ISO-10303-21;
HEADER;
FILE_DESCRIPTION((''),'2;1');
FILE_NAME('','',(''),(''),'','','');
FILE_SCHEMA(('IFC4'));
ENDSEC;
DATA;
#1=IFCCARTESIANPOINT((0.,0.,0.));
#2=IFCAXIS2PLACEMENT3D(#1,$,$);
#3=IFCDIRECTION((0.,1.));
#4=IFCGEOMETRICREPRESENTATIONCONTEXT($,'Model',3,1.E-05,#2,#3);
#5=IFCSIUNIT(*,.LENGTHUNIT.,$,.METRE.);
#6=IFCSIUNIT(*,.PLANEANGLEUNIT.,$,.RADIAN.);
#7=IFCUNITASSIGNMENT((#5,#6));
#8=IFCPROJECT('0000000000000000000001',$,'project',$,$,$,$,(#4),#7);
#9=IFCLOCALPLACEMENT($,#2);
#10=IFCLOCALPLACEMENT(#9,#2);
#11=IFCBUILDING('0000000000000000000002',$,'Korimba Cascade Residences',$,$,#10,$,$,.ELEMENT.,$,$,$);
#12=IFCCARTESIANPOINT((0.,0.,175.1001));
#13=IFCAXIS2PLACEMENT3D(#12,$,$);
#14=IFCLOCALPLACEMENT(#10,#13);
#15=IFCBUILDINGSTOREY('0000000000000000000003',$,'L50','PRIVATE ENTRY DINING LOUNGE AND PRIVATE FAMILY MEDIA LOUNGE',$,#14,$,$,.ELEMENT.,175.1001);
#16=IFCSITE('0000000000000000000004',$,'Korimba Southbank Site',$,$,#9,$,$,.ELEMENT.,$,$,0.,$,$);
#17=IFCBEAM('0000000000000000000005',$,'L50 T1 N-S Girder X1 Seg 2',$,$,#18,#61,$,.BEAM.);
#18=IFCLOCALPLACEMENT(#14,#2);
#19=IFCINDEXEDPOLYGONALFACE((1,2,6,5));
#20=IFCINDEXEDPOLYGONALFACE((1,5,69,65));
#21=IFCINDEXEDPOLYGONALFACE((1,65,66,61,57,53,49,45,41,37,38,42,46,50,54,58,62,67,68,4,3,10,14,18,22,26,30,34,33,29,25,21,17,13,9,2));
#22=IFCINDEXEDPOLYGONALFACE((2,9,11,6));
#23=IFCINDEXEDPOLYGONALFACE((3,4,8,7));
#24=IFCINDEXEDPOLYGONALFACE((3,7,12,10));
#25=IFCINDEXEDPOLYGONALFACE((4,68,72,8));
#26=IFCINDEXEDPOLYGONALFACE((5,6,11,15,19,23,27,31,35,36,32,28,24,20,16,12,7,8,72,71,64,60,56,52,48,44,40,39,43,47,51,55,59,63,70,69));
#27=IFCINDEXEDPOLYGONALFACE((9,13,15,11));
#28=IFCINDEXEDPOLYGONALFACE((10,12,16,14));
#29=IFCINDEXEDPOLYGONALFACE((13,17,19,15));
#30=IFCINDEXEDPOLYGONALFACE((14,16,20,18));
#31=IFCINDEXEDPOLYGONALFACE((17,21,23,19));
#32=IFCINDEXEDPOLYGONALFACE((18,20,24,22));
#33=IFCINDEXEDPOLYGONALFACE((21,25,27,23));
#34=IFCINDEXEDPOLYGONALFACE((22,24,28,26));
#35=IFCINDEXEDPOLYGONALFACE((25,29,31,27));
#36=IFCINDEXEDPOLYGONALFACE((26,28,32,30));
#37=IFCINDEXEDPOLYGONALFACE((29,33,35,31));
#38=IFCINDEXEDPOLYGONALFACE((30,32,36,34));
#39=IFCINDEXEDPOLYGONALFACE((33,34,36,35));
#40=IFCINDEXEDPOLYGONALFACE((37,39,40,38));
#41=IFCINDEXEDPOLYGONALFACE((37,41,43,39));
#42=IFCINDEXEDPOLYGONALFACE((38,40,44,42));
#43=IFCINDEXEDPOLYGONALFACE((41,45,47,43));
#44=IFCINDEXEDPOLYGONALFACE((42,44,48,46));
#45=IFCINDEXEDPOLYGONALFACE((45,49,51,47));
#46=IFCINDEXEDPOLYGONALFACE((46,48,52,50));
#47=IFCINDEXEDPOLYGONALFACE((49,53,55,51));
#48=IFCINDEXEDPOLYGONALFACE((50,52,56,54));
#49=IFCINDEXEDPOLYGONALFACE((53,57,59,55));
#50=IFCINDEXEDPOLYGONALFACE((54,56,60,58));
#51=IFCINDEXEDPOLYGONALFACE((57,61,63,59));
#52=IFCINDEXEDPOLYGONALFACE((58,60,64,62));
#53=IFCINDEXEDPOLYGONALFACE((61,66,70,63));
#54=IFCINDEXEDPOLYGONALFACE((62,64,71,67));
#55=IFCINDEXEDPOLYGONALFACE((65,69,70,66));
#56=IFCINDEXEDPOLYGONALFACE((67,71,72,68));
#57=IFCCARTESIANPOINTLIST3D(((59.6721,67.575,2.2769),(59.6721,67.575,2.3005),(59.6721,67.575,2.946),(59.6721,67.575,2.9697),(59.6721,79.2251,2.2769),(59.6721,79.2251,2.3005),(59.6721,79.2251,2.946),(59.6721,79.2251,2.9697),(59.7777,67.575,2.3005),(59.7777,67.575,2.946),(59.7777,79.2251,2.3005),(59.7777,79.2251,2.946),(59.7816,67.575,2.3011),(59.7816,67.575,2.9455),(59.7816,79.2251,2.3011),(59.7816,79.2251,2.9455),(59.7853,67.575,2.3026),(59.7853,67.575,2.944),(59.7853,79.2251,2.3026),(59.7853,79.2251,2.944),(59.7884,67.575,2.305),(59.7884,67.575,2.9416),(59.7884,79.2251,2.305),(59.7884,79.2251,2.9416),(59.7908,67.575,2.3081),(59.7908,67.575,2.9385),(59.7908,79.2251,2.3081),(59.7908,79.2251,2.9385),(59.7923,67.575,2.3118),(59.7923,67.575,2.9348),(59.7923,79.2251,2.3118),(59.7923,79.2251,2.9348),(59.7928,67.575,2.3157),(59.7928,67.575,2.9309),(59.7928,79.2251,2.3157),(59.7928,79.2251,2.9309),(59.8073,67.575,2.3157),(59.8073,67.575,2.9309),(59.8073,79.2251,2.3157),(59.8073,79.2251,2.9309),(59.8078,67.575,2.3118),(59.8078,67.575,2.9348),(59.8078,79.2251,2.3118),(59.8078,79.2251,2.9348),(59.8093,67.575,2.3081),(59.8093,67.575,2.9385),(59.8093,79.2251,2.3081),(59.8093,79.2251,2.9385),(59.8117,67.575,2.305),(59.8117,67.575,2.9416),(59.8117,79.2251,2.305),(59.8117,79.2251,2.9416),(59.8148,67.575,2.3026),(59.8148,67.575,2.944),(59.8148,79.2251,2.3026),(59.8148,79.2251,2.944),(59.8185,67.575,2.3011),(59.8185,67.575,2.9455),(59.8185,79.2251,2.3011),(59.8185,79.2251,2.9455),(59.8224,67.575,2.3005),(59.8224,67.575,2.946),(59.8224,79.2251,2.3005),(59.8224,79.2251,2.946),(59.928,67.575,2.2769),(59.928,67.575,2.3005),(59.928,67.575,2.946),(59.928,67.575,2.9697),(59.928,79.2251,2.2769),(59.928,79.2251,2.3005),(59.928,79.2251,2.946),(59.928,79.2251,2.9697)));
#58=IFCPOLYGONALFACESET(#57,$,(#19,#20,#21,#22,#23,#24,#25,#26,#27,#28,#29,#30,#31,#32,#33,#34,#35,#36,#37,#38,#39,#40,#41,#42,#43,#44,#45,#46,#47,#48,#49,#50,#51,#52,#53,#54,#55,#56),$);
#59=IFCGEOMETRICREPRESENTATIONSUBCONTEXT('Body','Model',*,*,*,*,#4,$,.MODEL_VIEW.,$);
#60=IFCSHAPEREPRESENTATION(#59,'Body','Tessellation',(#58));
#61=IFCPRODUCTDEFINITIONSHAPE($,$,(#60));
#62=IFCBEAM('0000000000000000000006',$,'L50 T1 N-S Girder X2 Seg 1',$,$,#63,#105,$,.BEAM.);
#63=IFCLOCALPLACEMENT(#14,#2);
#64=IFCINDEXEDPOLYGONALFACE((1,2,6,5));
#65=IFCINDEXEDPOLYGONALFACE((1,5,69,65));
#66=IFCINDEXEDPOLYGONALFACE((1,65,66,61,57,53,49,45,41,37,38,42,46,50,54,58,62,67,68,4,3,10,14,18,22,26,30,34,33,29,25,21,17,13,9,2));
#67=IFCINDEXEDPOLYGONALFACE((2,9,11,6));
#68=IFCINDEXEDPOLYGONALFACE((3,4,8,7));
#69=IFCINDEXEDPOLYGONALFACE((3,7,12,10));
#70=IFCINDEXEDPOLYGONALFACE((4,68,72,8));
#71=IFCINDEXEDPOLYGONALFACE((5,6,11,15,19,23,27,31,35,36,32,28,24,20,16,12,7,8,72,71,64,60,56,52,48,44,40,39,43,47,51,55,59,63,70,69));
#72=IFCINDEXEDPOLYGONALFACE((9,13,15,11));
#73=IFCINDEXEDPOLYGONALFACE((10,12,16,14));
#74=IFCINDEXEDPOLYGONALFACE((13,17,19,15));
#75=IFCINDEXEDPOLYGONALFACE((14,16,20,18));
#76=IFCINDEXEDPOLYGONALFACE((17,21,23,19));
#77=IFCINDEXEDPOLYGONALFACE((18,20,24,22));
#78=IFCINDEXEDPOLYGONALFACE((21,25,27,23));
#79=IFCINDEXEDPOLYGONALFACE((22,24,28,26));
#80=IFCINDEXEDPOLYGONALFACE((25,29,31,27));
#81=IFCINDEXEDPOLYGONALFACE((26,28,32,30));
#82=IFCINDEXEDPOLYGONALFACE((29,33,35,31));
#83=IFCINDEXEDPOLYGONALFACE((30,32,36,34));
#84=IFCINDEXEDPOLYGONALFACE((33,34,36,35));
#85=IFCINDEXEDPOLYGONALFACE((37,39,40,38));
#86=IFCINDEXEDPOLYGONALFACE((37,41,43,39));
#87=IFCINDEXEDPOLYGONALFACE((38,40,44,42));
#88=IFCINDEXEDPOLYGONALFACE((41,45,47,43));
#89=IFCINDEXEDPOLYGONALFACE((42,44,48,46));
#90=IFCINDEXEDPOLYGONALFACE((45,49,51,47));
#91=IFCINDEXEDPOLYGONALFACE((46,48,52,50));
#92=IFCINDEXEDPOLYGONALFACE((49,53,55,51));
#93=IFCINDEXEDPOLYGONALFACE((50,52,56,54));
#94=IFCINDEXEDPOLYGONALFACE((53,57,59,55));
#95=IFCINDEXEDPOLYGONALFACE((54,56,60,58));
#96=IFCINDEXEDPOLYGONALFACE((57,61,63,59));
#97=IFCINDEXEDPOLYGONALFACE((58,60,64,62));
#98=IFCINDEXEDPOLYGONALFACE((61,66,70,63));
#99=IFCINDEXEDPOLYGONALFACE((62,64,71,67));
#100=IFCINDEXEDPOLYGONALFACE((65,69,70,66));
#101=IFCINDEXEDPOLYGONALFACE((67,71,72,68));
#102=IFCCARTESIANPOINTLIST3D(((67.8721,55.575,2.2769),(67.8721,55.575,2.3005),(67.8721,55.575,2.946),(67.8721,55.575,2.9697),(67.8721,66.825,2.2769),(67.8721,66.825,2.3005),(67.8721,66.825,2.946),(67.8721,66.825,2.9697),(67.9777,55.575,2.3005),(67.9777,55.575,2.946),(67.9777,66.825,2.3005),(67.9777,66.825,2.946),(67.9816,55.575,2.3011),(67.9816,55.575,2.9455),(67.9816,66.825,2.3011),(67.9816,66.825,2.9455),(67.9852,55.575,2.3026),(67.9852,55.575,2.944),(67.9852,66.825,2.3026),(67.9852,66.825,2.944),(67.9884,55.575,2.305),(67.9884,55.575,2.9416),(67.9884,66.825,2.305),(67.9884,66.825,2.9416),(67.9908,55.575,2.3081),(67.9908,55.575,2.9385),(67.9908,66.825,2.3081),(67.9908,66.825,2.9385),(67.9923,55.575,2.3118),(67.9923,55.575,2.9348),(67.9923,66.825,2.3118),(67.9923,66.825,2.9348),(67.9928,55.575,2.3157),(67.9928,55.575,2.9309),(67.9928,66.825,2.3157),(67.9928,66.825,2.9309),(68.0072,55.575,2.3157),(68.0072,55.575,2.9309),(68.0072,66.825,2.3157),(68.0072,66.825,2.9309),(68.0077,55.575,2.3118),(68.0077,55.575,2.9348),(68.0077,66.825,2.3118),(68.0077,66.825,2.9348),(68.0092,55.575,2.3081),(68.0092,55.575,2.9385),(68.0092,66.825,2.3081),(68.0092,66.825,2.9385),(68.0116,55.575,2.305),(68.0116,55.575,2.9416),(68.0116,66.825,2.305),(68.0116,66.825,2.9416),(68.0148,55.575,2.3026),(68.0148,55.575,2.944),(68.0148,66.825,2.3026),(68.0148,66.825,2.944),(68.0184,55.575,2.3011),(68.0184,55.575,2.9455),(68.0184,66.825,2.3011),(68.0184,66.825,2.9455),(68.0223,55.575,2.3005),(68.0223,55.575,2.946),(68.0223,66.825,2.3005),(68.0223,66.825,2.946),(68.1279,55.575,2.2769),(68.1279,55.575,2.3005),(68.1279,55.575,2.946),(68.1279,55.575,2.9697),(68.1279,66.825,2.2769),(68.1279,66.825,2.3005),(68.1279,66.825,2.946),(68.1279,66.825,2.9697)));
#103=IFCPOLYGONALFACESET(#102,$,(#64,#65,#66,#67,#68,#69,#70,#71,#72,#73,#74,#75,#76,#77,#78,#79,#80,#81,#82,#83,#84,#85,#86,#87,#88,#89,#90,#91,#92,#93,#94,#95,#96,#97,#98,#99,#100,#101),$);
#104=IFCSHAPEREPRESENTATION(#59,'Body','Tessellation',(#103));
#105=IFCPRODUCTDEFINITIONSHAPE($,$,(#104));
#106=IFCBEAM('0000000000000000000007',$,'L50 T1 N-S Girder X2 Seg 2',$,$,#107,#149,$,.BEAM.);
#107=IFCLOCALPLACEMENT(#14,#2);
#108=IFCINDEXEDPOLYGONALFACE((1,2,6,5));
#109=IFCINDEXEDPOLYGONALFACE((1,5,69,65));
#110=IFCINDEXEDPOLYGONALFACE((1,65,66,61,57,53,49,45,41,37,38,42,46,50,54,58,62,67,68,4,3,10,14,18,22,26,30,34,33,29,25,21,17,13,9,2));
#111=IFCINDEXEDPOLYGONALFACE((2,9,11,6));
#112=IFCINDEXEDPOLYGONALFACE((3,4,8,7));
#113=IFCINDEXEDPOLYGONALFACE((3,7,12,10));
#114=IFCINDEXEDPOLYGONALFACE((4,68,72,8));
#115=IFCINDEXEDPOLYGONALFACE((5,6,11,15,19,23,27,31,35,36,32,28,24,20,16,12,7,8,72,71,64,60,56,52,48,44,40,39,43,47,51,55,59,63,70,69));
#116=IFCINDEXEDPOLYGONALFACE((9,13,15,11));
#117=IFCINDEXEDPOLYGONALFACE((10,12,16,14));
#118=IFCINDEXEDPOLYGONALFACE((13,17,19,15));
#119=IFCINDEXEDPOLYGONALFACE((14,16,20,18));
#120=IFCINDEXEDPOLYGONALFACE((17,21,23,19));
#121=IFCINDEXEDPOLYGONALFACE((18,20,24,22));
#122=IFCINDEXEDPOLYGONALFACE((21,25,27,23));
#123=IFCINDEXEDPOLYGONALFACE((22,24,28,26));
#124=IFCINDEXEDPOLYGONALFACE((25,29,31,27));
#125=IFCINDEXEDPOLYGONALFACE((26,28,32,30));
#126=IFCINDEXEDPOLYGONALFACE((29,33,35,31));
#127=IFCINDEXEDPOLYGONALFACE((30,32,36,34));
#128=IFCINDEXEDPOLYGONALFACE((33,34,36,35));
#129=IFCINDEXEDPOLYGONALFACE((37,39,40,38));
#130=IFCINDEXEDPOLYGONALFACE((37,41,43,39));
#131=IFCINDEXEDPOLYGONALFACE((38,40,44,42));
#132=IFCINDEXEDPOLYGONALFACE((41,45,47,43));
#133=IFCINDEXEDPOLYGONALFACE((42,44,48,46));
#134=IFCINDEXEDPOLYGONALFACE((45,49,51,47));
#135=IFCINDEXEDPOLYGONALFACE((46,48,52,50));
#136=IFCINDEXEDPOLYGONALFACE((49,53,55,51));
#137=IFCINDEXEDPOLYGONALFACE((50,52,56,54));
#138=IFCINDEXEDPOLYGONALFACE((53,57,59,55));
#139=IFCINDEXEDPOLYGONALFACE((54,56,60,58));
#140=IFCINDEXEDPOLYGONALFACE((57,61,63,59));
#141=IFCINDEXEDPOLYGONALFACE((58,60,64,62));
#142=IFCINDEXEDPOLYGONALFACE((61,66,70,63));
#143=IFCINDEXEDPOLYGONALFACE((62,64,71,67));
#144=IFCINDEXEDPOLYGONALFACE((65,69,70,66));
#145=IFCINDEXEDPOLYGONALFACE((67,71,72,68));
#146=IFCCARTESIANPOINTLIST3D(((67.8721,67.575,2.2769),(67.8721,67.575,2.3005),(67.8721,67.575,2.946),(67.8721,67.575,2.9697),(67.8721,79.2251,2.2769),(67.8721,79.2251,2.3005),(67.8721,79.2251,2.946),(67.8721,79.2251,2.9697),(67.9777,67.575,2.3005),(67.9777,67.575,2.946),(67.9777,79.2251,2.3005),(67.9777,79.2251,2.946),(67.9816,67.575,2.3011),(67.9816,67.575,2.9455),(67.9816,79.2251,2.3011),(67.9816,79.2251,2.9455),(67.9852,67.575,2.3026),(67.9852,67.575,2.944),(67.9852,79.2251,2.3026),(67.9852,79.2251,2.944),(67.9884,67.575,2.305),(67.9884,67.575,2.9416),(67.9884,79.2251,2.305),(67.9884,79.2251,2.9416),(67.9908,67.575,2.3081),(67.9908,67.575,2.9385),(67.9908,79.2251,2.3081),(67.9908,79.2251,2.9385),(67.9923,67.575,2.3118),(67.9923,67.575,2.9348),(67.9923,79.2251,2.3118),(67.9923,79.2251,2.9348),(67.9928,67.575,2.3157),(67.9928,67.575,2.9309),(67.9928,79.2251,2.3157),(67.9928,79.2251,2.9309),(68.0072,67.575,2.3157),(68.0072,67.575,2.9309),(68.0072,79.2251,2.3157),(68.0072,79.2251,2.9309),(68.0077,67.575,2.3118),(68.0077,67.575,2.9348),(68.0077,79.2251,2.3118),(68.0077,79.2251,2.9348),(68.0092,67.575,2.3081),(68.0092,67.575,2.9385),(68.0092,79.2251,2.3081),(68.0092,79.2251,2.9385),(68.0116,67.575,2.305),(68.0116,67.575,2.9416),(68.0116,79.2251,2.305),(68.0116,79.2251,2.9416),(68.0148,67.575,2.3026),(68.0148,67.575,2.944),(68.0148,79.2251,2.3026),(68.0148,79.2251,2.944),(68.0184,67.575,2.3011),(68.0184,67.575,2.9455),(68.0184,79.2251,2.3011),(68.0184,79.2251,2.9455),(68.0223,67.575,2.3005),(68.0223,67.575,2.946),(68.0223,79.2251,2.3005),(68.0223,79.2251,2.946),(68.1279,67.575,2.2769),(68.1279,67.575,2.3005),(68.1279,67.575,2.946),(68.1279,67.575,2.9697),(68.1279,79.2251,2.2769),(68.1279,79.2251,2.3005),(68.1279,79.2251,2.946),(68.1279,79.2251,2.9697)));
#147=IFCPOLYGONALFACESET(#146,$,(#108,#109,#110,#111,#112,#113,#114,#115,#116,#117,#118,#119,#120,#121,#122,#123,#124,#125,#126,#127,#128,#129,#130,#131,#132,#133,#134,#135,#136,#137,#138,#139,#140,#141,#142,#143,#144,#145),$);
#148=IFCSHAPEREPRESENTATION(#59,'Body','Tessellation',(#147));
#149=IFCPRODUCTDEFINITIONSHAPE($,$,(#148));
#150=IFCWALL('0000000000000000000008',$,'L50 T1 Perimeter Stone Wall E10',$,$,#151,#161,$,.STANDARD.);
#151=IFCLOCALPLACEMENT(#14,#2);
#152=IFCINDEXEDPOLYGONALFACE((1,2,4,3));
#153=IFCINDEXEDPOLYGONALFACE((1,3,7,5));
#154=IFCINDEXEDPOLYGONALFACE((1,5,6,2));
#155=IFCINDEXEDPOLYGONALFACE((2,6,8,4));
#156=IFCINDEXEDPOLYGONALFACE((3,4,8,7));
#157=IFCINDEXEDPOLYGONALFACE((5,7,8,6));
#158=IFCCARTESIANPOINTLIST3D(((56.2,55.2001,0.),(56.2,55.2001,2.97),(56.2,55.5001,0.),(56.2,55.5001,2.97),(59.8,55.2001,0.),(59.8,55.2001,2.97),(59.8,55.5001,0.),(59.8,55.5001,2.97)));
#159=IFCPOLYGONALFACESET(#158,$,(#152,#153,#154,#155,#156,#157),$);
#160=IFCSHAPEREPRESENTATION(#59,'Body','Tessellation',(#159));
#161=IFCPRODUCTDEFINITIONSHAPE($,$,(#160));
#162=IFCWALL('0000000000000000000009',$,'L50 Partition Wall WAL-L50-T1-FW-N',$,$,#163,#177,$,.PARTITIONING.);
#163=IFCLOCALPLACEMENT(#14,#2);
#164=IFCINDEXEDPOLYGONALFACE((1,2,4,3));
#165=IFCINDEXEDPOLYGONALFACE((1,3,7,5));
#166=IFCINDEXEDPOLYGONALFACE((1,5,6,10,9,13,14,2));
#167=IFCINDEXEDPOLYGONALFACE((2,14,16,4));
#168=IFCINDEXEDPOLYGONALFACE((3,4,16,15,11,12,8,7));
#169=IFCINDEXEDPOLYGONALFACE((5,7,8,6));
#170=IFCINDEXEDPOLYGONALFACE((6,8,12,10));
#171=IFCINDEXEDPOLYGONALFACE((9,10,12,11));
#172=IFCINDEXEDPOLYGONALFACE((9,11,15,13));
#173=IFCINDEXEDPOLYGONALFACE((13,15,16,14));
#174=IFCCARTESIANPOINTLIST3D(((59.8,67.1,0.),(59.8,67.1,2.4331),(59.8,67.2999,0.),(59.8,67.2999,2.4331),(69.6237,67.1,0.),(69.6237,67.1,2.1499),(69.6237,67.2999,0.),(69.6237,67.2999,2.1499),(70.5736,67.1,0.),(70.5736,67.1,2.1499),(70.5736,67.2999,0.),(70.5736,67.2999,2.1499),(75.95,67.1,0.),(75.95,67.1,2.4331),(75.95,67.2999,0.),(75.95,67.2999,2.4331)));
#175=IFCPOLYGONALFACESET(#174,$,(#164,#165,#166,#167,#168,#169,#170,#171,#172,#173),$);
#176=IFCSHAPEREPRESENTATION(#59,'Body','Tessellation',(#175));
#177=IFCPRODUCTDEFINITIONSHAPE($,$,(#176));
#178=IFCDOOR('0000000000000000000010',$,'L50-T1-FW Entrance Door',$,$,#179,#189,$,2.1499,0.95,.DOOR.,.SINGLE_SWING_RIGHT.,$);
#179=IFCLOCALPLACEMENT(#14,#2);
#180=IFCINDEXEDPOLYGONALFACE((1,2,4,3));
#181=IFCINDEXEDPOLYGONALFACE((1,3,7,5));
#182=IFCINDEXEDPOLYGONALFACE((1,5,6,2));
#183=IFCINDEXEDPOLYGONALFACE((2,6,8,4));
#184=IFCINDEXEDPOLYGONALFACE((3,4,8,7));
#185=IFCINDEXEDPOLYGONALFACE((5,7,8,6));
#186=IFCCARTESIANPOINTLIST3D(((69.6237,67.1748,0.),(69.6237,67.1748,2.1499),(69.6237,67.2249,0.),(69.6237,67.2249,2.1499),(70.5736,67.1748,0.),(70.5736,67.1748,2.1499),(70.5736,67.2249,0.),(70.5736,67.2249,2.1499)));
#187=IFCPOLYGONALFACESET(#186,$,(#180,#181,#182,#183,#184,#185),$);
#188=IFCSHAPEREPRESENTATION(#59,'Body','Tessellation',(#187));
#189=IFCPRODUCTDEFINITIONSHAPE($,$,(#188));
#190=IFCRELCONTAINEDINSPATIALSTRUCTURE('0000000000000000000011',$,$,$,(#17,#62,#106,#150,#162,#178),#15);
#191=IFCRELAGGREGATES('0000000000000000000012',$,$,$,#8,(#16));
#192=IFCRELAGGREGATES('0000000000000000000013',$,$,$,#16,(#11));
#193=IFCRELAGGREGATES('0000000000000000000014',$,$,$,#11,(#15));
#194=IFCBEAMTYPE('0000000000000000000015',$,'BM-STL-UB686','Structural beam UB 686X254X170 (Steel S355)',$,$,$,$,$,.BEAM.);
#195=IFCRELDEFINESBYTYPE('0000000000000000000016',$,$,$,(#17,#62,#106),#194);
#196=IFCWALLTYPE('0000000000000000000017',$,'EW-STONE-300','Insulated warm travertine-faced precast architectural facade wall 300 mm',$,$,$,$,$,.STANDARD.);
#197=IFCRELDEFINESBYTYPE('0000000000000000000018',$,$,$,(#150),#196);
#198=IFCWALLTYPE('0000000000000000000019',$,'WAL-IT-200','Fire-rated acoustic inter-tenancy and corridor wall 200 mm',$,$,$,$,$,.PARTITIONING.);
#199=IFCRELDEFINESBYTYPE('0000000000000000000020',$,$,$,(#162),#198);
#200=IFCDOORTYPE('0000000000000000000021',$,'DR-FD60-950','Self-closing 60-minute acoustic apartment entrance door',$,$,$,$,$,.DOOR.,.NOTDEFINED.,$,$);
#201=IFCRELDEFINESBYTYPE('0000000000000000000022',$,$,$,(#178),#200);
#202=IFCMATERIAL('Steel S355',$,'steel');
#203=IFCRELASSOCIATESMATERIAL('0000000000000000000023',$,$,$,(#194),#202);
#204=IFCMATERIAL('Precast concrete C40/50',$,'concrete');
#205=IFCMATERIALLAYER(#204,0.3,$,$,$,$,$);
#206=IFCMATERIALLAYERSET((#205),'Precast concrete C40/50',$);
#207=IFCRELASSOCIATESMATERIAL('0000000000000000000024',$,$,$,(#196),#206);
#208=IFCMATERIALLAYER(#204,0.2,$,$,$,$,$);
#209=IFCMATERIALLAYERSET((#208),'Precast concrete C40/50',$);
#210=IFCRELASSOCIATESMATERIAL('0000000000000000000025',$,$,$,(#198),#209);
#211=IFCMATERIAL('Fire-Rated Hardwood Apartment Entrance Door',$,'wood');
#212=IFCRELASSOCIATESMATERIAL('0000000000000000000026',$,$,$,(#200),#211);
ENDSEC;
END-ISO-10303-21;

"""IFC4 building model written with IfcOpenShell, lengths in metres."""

from ifc_helpers import new_model, si_unit, direction, frame, frame_2d, origin, origin_2d, place, context, subcontext, project, spatial, rectangle, i_section, extrude, material, layer, layer_set, material_profile, profile_set, type_object, element, fill, save


model = new_model("IFC4")

# Units and contexts
model_context = context("Model", 3, precision=1e-05, world=origin(), true_north=direction((0.0, 1.0)))
body_context = subcontext(model_context, "Body", "Model", "MODEL_VIEW")
ifc_project = project(units=[si_unit("LENGTHUNIT", "METRE"), si_unit("PLANEANGLEUNIT", "RADIAN")], contexts=[model_context])

# Site, building, storey
site_placement = place(None, origin())
site = spatial("IfcSite", under=ifc_project, at=site_placement, Name="Korimba Southbank Site", CompositionType="ELEMENT", RefElevation=0.0)
building_placement = place(site_placement, origin())
building = spatial("IfcBuilding", under=site, at=building_placement, Name="Korimba Cascade Residences", CompositionType="ELEMENT")
storey_placement = place(building_placement, frame((0.0, 0.0, 175.1001)))
storey = spatial("IfcBuildingStorey", under=building, at=storey_placement, Name="L50", Description="PRIVATE ENTRY DINING LOUNGE AND PRIVATE FAMILY MEDIA LOUNGE", CompositionType="ELEMENT", Elevation=175.1001)

# Beams
ifc_material_1 = material(Name="Steel S355", Category="steel")
ifc_material_profile_1 = material_profile(ifc_material_1, i_section(OverallWidth=0.2559, OverallDepth=0.6929, WebThickness=0.0144, FlangeThickness=0.0237, FilletRadius=0.0151, at=origin_2d()), Name="Steel S355")
ifc_profile_set_1 = profile_set([ifc_material_profile_1], Name="Steel S355")
beam_type_1 = type_object("IfcBeamType", Name="BM-STL-UB686", Description="Structural beam UB 686X254X170 (Steel S355)", PredefinedType="BEAM", material=ifc_profile_set_1)
beam_1_placement = place(storey_placement, frame((59.8, 67.575, 2.6233), z_axis=(0.0, 1.0, 0.0), x_axis=(-1.0, 0.0, 0.0)))
element("IfcBeam", 1, at=beam_1_placement, inside=storey, type_object=beam_type_1, Name="L50 T1 N-S Girder X1 Seg 2", PredefinedType="BEAM", context=body_context, shape_type="SweptSolid", body=[
    extrude(i_section(OverallWidth=0.2559, OverallDepth=0.6929, WebThickness=0.0144, FlangeThickness=0.0237, FilletRadius=0.0151, at=origin_2d()), origin(), (0.0, 0.0, 1.0), 11.6501),
])
beam_2_placement = place(storey_placement, frame((68.0, 55.575, 2.6233), z_axis=(0.0, 1.0, 0.0), x_axis=(-1.0, 0.0, 0.0)))
element("IfcBeam", 2, at=beam_2_placement, inside=storey, type_object=beam_type_1, Name="L50 T1 N-S Girder X2 Seg 1", PredefinedType="BEAM", context=body_context, shape_type="SweptSolid", body=[
    extrude(i_section(OverallWidth=0.2559, OverallDepth=0.6929, WebThickness=0.0144, FlangeThickness=0.0237, FilletRadius=0.0151, at=origin_2d()), origin(), (0.0, 0.0, 1.0), 11.25),
])
beam_3_placement = place(storey_placement, frame((68.0, 67.575, 2.6233), z_axis=(0.0, 1.0, 0.0), x_axis=(-1.0, 0.0, 0.0)))
element("IfcBeam", 3, at=beam_3_placement, inside=storey, type_object=beam_type_1, Name="L50 T1 N-S Girder X2 Seg 2", PredefinedType="BEAM", context=body_context, shape_type="SweptSolid", body=[
    extrude(i_section(OverallWidth=0.2559, OverallDepth=0.6929, WebThickness=0.0144, FlangeThickness=0.0237, FilletRadius=0.0151, at=origin_2d()), origin(), (0.0, 0.0, 1.0), 11.6501),
])

# Wall
ifc_material_2 = material(Name="Precast concrete C40/50", Category="concrete")
ifc_layer_1 = layer(ifc_material_2, 0.3)
ifc_layer_set_1 = layer_set([ifc_layer_1], Name="Precast concrete C40/50")
wall_type_1 = type_object("IfcWallType", Name="EW-STONE-300", Description="Insulated warm travertine-faced precast architectural facade wall 300 mm", PredefinedType="STANDARD", material=ifc_layer_set_1)
wall_1_placement = place(storey_placement, frame((56.2, 55.3501, 0.0), z_axis=(0.0, 0.0, 1.0), x_axis=(1.0, 0.0, 0.0)))
element("IfcWall", 4, at=wall_1_placement, inside=storey, type_object=wall_type_1, Name="L50 T1 Perimeter Stone Wall E10", PredefinedType="STANDARD", context=body_context, shape_type="SweptSolid", body=[
    extrude(rectangle(XDim=3.6001, YDim=0.3, at=frame_2d((1.8, 0.0))), origin(), (0.0, 0.0, 1.0), 2.97),
])

# Wall, opening, door
ifc_layer_2 = layer(ifc_material_2, 0.2)
ifc_layer_set_2 = layer_set([ifc_layer_2], Name="Precast concrete C40/50")
wall_type_2 = type_object("IfcWallType", Name="WAL-IT-200", Description="Fire-rated acoustic inter-tenancy and corridor wall 200 mm", PredefinedType="PARTITIONING", material=ifc_layer_set_2)
wall_2_placement = place(storey_placement, frame((59.8, 67.2, 0.0), z_axis=(0.0, 0.0, 1.0), x_axis=(1.0, 0.0, 0.0)))
wall_2 = element("IfcWall", 5, at=wall_2_placement, inside=storey, type_object=wall_type_2, Name="L50 Partition Wall WAL-L50-T1-FW-N", PredefinedType="PARTITIONING", context=body_context, shape_type="SweptSolid", body=[
    extrude(rectangle(XDim=16.1499, YDim=0.2, at=frame_2d((8.075, 0.0))), origin(), (0.0, 0.0, 1.0), 2.4331),
])
opening_1_placement = place(wall_2_placement, frame((9.8235, 0.0, 0.0)))
opening_1 = element("IfcOpeningElement", 6, at=opening_1_placement, cuts=wall_2, PredefinedType="OPENING", context=body_context, shape_type="SweptSolid", body=[
    extrude(rectangle(XDim=0.95, YDim=2.1499, at=frame_2d((0.4751, 1.075))), frame((0.0, 0.1099, 0.0), z_axis=(0.0, -1.0, 0.0), x_axis=(1.0, 0.0, 0.0)), (0.0, 0.0, 1.0), 0.22),
])
ifc_material_3 = material(Name="Fire-Rated Hardwood Apartment Entrance Door", Category="wood")
door_type_1 = type_object("IfcDoorType", Name="DR-FD60-950", Description="Self-closing 60-minute acoustic apartment entrance door", OperationType="NOTDEFINED", PredefinedType="DOOR", material=ifc_material_3)
door_1_placement = place(opening_1_placement, origin())
door_1 = element("IfcDoor", 7, at=door_1_placement, inside=storey, type_object=door_type_1, Name="L50-T1-FW Entrance Door", OperationType="SINGLE_SWING_RIGHT", OverallHeight=2.1499, OverallWidth=0.95, PredefinedType="DOOR", context=body_context, shape_type="SweptSolid", body=[
    extrude(rectangle(XDim=0.95, YDim=2.1499, at=frame_2d((0.4751, 1.075))), frame((0.0, 0.0249, 0.0), z_axis=(0.0, -1.0, 0.0), x_axis=(1.0, 0.0, 0.0)), (0.0, 0.0, 1.0), 0.05),
])
fill(opening_1, door_1)

save(model, "model.ifc")
